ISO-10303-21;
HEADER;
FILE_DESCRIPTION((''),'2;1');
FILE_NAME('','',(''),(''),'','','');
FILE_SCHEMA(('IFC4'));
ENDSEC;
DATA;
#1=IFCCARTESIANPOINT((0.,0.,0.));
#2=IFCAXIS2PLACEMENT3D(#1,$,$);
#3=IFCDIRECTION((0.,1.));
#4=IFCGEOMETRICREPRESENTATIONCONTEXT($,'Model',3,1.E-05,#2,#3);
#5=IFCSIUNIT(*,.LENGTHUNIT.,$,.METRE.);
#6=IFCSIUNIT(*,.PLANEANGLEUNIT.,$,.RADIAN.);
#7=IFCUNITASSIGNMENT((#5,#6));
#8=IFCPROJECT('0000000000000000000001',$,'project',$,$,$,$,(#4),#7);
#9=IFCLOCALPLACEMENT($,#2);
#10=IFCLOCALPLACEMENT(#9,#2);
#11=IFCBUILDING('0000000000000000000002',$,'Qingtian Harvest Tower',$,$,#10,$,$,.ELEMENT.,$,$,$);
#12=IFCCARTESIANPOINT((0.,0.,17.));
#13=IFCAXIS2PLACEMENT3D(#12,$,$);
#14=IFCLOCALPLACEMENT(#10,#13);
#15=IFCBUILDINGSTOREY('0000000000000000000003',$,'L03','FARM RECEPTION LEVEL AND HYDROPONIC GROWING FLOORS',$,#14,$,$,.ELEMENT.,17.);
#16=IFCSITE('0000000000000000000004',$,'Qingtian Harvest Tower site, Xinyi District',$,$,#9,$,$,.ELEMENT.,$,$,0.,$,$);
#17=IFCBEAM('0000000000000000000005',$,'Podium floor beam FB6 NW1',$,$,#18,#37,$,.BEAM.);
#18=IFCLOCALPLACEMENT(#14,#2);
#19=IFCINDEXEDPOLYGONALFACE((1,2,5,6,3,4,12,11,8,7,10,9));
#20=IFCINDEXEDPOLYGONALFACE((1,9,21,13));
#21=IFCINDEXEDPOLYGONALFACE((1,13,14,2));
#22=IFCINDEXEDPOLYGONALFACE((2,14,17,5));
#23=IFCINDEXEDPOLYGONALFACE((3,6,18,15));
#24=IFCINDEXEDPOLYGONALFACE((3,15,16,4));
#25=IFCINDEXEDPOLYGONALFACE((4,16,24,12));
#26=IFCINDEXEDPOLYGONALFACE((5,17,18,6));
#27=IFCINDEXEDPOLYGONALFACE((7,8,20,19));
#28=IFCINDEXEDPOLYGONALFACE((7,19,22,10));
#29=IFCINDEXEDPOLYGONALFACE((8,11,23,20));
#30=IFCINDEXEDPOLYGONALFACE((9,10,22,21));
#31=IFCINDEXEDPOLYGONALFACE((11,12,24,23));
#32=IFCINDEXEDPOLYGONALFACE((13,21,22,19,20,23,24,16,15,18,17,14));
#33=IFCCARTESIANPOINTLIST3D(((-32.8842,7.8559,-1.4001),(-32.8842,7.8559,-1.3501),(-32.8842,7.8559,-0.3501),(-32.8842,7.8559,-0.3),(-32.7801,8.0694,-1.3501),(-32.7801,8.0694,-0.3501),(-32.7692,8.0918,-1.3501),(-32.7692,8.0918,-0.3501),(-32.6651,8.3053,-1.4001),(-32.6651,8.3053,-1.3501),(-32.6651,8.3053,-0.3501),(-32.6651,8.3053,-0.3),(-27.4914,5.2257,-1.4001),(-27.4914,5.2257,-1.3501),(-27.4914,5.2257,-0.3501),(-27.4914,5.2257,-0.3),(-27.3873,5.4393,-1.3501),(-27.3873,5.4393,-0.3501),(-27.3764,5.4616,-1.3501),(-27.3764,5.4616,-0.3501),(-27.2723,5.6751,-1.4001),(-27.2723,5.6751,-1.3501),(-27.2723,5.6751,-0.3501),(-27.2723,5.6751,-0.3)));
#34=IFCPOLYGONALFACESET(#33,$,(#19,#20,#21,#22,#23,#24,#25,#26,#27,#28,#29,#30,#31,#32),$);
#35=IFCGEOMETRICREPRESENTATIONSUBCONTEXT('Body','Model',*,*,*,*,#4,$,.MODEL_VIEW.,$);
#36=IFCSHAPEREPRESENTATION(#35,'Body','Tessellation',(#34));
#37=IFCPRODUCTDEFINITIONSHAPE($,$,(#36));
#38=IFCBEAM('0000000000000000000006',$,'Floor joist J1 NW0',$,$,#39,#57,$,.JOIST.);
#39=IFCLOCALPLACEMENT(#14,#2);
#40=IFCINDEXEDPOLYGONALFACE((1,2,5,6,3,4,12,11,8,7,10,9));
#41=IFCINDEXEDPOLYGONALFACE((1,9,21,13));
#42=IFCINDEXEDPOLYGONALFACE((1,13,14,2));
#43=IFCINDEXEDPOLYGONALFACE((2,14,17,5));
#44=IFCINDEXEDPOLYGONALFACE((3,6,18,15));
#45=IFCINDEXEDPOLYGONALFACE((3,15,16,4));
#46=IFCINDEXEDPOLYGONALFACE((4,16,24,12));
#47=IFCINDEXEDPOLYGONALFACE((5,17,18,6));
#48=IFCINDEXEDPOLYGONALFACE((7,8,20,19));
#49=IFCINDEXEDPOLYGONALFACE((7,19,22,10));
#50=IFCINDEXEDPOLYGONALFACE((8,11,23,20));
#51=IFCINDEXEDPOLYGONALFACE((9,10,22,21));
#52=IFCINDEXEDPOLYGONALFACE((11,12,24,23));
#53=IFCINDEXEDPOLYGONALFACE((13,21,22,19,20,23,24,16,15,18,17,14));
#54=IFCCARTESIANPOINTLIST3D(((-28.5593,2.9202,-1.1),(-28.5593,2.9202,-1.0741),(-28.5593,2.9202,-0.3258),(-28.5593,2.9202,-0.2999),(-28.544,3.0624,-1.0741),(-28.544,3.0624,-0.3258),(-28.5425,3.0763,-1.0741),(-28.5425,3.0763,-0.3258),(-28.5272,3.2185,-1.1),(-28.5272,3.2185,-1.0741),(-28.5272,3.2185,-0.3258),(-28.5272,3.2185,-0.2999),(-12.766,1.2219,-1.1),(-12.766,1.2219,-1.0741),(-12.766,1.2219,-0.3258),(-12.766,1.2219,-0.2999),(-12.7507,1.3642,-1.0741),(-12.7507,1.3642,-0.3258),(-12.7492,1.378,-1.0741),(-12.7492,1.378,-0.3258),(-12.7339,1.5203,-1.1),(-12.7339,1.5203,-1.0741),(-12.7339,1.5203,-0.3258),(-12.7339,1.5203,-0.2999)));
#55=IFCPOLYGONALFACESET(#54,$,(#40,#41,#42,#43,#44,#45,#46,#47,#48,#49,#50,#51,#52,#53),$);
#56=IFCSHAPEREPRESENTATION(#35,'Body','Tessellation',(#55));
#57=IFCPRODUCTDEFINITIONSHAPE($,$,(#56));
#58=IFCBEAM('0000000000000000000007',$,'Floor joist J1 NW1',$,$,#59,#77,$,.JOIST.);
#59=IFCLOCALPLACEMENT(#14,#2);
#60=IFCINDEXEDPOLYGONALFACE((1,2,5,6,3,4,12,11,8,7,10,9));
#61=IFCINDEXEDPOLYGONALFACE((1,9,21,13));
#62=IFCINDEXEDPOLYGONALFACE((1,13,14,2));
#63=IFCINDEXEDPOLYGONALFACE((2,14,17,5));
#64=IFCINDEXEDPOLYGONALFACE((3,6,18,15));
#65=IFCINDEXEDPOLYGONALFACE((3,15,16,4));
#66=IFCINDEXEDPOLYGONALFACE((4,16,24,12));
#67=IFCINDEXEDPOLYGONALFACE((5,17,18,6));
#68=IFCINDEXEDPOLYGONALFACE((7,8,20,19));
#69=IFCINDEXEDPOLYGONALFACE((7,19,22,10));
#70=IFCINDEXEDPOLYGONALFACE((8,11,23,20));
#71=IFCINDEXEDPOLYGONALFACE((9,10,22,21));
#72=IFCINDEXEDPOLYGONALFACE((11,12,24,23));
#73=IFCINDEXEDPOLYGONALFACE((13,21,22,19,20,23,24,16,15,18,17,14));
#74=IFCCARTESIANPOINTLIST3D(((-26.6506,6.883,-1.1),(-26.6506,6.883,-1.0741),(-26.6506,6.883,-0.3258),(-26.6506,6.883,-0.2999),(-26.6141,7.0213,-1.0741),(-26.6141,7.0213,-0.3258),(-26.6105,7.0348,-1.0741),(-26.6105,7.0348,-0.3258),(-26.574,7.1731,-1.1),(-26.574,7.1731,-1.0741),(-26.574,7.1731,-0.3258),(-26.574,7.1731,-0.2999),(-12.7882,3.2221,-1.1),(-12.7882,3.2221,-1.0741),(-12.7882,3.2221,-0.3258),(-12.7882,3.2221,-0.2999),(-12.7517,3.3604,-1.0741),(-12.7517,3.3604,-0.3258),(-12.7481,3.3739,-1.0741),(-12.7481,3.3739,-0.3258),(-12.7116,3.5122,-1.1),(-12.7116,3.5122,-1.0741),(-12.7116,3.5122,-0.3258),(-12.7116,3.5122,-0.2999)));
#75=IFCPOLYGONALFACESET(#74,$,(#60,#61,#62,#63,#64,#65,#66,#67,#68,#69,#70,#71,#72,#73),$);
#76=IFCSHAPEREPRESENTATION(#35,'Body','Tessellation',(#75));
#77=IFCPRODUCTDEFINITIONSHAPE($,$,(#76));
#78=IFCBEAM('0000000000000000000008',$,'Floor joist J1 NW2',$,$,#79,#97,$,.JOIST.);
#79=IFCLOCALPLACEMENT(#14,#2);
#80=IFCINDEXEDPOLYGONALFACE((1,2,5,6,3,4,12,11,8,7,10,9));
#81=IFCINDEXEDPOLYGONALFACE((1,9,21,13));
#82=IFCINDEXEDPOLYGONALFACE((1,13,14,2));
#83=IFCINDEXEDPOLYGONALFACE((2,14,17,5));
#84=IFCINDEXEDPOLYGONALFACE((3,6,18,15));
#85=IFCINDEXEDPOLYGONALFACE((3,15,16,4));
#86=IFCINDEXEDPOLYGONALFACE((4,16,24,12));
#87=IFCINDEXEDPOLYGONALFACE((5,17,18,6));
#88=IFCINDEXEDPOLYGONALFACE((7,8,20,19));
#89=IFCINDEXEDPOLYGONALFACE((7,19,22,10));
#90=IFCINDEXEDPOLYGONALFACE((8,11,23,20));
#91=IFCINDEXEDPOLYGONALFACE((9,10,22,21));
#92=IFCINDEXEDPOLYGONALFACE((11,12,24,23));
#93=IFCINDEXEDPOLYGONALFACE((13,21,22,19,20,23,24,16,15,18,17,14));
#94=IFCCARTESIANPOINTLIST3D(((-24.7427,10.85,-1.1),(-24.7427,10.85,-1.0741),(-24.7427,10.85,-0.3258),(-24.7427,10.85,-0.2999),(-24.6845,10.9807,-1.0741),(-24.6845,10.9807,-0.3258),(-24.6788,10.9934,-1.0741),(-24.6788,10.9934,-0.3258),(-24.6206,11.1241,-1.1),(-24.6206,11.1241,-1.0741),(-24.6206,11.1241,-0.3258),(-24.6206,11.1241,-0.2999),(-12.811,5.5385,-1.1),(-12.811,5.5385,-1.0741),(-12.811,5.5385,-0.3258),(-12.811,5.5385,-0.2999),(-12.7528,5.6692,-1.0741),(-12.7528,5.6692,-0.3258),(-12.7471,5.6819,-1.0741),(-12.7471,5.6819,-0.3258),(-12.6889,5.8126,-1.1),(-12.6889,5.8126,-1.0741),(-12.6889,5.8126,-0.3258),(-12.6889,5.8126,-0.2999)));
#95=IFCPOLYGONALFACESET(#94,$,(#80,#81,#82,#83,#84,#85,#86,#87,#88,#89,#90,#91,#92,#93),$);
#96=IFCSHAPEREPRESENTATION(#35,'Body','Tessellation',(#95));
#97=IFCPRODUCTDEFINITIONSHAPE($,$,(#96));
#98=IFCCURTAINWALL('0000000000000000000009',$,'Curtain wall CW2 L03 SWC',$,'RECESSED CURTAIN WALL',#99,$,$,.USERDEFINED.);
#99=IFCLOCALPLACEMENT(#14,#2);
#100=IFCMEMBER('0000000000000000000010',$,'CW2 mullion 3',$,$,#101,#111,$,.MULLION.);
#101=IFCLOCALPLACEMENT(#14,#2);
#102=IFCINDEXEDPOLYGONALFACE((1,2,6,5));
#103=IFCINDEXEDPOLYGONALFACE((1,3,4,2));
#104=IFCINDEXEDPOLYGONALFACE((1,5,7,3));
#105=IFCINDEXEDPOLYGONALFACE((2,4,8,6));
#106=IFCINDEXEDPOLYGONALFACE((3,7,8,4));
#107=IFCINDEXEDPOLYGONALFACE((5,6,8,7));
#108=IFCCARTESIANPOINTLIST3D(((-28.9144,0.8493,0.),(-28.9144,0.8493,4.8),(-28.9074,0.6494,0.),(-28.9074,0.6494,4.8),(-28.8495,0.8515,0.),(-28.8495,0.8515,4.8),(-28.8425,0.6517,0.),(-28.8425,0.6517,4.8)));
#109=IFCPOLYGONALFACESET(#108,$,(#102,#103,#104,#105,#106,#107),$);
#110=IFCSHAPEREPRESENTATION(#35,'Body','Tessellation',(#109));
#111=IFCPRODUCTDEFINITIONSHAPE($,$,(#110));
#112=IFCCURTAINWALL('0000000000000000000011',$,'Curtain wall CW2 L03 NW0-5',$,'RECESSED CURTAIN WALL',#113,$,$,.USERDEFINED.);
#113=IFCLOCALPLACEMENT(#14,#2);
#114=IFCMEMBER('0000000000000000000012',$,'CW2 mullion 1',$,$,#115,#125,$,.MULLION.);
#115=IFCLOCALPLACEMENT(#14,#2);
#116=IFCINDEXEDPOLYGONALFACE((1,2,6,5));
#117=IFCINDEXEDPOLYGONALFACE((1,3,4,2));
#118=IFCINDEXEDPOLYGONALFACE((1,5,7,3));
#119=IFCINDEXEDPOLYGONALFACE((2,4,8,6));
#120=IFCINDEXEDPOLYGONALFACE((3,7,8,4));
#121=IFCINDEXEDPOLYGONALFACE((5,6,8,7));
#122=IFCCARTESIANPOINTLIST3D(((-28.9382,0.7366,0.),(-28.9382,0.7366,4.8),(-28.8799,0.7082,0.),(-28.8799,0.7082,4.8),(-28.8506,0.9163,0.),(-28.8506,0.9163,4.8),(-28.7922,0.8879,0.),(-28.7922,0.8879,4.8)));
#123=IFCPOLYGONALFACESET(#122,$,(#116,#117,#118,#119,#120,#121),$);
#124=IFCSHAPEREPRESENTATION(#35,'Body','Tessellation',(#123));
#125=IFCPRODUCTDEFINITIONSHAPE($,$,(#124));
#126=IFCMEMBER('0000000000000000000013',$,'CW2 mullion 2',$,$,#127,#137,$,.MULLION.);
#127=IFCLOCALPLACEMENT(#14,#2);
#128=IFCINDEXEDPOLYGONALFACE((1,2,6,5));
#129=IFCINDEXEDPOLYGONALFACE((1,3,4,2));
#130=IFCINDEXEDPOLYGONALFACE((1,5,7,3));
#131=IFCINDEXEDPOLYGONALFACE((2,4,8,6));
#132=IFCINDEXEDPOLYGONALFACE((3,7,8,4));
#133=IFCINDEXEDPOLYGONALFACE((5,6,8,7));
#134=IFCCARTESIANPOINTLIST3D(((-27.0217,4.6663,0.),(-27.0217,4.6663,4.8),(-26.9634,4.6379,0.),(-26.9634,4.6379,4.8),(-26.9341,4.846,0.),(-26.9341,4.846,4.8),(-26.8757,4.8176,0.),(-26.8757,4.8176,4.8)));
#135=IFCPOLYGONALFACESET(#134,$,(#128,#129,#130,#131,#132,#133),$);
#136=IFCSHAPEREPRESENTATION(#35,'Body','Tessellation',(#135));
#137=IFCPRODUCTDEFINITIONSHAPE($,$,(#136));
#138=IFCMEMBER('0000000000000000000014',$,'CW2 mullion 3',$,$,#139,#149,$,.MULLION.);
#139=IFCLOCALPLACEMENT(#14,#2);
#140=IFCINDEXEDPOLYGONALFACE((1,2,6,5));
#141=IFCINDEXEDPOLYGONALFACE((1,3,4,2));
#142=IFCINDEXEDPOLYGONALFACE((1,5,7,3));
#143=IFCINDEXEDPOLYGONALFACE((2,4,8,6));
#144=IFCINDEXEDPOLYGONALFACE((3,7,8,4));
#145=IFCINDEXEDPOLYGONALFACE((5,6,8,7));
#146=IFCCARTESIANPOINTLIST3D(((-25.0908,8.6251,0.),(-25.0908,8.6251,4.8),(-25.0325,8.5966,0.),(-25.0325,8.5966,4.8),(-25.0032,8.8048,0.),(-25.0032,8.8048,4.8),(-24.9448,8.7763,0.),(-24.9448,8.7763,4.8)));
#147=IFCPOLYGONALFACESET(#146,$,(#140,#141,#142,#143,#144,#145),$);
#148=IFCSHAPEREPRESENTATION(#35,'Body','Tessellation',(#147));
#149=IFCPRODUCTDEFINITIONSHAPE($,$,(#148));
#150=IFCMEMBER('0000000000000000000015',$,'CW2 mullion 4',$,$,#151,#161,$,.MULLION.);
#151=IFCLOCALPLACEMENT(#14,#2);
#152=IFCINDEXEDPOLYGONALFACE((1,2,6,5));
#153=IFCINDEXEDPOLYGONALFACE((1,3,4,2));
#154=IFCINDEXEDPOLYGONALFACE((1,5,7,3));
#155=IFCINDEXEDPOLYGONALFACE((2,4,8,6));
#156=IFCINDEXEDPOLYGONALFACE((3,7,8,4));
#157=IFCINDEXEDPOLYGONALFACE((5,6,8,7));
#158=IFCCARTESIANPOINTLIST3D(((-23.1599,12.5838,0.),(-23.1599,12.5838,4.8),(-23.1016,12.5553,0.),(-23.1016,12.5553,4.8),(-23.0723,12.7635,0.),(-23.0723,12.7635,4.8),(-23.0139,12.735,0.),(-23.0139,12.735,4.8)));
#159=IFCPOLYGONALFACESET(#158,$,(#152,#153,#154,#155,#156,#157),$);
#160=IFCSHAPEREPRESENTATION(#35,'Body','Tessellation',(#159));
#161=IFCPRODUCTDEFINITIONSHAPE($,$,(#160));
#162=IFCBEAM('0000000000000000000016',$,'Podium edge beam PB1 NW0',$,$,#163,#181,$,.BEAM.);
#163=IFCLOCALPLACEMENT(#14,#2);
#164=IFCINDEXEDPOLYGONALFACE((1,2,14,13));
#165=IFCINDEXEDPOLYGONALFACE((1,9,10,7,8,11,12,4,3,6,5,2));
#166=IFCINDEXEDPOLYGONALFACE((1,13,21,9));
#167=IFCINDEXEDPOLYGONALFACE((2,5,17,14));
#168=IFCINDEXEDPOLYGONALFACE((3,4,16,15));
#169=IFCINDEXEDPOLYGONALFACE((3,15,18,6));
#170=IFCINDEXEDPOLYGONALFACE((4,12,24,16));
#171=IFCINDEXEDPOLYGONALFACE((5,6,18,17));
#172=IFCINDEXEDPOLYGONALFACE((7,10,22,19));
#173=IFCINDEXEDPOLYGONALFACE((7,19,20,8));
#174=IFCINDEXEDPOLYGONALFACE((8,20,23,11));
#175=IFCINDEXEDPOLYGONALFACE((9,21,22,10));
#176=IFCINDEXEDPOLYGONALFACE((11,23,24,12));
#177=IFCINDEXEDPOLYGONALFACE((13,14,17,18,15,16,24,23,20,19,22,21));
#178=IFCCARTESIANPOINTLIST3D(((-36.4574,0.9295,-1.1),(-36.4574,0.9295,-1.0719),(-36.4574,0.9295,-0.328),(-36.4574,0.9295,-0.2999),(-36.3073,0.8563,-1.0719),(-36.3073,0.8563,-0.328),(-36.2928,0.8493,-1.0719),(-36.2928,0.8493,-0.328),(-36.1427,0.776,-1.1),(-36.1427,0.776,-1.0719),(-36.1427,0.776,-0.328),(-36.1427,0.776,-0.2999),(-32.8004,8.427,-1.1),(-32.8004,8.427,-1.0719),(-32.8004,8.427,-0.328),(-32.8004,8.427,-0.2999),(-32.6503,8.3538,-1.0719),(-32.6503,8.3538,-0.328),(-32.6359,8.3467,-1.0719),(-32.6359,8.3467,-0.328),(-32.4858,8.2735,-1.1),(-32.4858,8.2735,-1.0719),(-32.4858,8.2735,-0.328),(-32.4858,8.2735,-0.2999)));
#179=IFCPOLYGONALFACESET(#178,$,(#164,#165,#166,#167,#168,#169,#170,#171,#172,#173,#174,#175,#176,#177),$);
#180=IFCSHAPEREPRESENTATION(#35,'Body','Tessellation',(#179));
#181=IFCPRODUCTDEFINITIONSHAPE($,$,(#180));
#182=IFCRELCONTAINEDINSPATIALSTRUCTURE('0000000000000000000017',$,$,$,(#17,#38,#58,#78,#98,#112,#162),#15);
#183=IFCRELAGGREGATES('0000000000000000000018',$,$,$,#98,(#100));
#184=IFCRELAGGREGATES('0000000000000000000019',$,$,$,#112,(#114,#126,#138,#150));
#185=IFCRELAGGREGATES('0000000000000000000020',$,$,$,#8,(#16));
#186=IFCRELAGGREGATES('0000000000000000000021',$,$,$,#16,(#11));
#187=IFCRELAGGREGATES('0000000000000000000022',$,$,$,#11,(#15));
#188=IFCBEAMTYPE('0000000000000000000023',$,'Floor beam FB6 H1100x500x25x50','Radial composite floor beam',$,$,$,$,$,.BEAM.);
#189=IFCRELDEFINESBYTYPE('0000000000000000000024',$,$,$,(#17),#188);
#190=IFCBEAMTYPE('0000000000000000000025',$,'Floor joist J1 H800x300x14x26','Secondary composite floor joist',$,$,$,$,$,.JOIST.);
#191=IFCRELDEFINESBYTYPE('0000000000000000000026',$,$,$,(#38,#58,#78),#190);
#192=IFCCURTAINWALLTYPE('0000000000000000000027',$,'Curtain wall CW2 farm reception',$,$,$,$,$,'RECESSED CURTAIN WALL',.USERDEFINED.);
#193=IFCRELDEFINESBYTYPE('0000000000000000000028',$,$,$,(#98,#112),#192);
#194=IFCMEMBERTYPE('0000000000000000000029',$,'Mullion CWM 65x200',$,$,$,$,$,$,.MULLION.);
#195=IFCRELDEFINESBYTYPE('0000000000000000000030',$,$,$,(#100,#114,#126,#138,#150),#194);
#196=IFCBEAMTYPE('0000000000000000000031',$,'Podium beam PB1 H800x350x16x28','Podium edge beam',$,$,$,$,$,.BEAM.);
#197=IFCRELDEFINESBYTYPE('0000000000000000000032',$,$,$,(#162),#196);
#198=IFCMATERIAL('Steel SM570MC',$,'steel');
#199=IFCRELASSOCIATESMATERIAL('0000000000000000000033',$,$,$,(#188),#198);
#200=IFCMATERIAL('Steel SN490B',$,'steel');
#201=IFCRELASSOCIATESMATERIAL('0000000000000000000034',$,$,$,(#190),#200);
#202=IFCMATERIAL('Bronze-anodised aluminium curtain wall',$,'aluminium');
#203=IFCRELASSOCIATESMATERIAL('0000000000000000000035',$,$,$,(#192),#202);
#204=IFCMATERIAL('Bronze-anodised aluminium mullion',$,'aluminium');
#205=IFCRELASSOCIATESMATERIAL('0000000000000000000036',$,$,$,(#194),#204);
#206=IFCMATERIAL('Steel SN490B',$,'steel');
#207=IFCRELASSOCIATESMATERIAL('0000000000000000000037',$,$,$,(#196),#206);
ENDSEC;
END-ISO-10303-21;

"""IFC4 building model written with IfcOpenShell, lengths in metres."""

from ifc_helpers import new_model, si_unit, direction, frame, origin, origin_2d, place, context, subcontext, project, spatial, rectangle, i_section, extrude, material, material_profile, profile_set, type_object, element, aggregate, save


model = new_model("IFC4")

# Units and contexts
model_context = context("Model", 3, precision=1e-05, world=origin(), true_north=direction((0.0, 1.0)))
body_context = subcontext(model_context, "Body", "Model", "MODEL_VIEW")
ifc_project = project(units=[si_unit("LENGTHUNIT", "METRE"), si_unit("PLANEANGLEUNIT", "RADIAN")], contexts=[model_context])

# Site, building, storey
site_placement = place(None, origin())
site = spatial("IfcSite", under=ifc_project, at=site_placement, Name="Qingtian Harvest Tower site, Xinyi District", CompositionType="ELEMENT", RefElevation=0.0)
building_placement = place(site_placement, origin())
building = spatial("IfcBuilding", under=site, at=building_placement, Name="Qingtian Harvest Tower", CompositionType="ELEMENT")
storey_placement = place(building_placement, frame((0.0, 0.0, 17.0)))
storey = spatial("IfcBuildingStorey", under=building, at=storey_placement, Name="L03", Description="FARM RECEPTION LEVEL AND HYDROPONIC GROWING FLOORS", CompositionType="ELEMENT", Elevation=17.0)

# Beams
ifc_material_1 = material(Name="Steel SM570MC", Category="steel")
ifc_material_profile_1 = material_profile(ifc_material_1, i_section(OverallWidth=0.5, OverallDepth=1.1001, WebThickness=0.0249, FlangeThickness=0.05, at=origin_2d()), Name="H1100x500x25x50")
ifc_profile_set_1 = profile_set([ifc_material_profile_1], Name="Steel SM570MC")
beam_type_1 = type_object("IfcBeamType", Name="Floor beam FB6 H1100x500x25x50", Description="Radial composite floor beam", PredefinedType="BEAM", material=ifc_profile_set_1)
beam_1_placement = place(storey_placement, frame((-32.7747, 8.0806, -0.8501), z_axis=(0.898802, -0.438354, 0.0), x_axis=(0.438354, 0.898802, 0.0)))
element("IfcBeam", 1, at=beam_1_placement, inside=storey, type_object=beam_type_1, Name="Podium floor beam FB6 NW1", PredefinedType="BEAM", context=body_context, shape_type="SweptSolid", body=[
    extrude(i_section(OverallWidth=0.5, OverallDepth=1.1001, WebThickness=0.0249, FlangeThickness=0.05, at=origin_2d()), origin(), (0.0, 0.0, 1.0), 6.0),
])
ifc_material_2 = material(Name="Steel SN490B", Category="steel")
ifc_material_profile_2 = material_profile(ifc_material_2, i_section(OverallWidth=0.3, OverallDepth=0.8, WebThickness=0.0139, FlangeThickness=0.0259, at=origin_2d()), Name="H800x300x14x26")
ifc_profile_set_2 = profile_set([ifc_material_profile_2], Name="Steel SN490B")
beam_type_2 = type_object("IfcBeamType", Name="Floor joist J1 H800x300x14x26", Description="Secondary composite floor joist", PredefinedType="JOIST", material=ifc_profile_set_2)
beam_2_placement = place(storey_placement, frame((-28.5432, 3.0693, -0.7), z_axis=(0.994268, -0.106914, 0.0), x_axis=(0.106914, 0.994268, 0.0)))
element("IfcBeam", 2, at=beam_2_placement, inside=storey, type_object=beam_type_2, Name="Floor joist J1 NW0", PredefinedType="JOIST", context=body_context, shape_type="SweptSolid", body=[
    extrude(i_section(OverallWidth=0.3, OverallDepth=0.8, WebThickness=0.0139, FlangeThickness=0.0259, at=origin_2d()), origin(), (0.0, 0.0, 1.0), 15.8843),
])
beam_3_placement = place(storey_placement, frame((-26.6123, 7.0281, -0.7), z_axis=(0.966852, -0.255336, 0.0), x_axis=(0.255336, 0.966852, 0.0)))
element("IfcBeam", 3, at=beam_3_placement, inside=storey, type_object=beam_type_2, Name="Floor joist J1 NW1", PredefinedType="JOIST", context=body_context, shape_type="SweptSolid", body=[
    extrude(i_section(OverallWidth=0.3, OverallDepth=0.8, WebThickness=0.0139, FlangeThickness=0.0259, at=origin_2d()), origin(), (0.0, 0.0, 1.0), 14.3376),
])
beam_4_placement = place(storey_placement, frame((-24.6816, 10.9871, -0.7), z_axis=(0.913568, -0.406686, 0.0), x_axis=(0.406686, 0.913568, 0.0)))
element("IfcBeam", 4, at=beam_4_placement, inside=storey, type_object=beam_type_2, Name="Floor joist J1 NW2", PredefinedType="JOIST", context=body_context, shape_type="SweptSolid", body=[
    extrude(i_section(OverallWidth=0.3, OverallDepth=0.8, WebThickness=0.0139, FlangeThickness=0.0259, at=origin_2d()), origin(), (0.0, 0.0, 1.0), 13.0605),
])

# Curtain wall, member
ifc_material_3 = material(Name="Bronze-anodised aluminium curtain wall", Category="aluminium")
curtain_wall_type = type_object("IfcCurtainWallType", Name="Curtain wall CW2 farm reception", ElementType="RECESSED CURTAIN WALL", PredefinedType="USERDEFINED", material=ifc_material_3)
curtain_wall_1_placement = place(storey_placement, origin())
curtain_wall_1 = element("IfcCurtainWall", 5, at=curtain_wall_1_placement, inside=storey, type_object=curtain_wall_type, Name="Curtain wall CW2 L03 SWC", ObjectType="RECESSED CURTAIN WALL", PredefinedType="USERDEFINED")
ifc_material_4 = material(Name="Bronze-anodised aluminium mullion", Category="aluminium")
ifc_material_profile_3 = material_profile(ifc_material_4, rectangle(XDim=0.0649, YDim=0.2, at=origin_2d()), Name="AL 65x200")
ifc_profile_set_3 = profile_set([ifc_material_profile_3], Name="Bronze-anodised aluminium mullion")
member_type_1 = type_object("IfcMemberType", Name="Mullion CWM 65x200", PredefinedType="MULLION", material=ifc_profile_set_3)
member_1_placement = place(storey_placement, frame((-28.8784, 0.7505, 0.0), z_axis=(0.0, 0.0, 1.0), x_axis=(-0.999391, -0.034899, 0.0)))
member_1 = element("IfcMember", 6, at=member_1_placement, type_object=member_type_1, Name="CW2 mullion 3", PredefinedType="MULLION", context=body_context, shape_type="SweptSolid", body=[
    extrude(rectangle(XDim=0.0649, YDim=0.2, at=origin_2d()), origin(), (0.0, 0.0, 1.0), 4.8),
])
aggregate(curtain_wall_1, [member_1])

# Curtain wall, members
curtain_wall_2_placement = place(storey_placement, origin())
curtain_wall_2 = element("IfcCurtainWall", 7, at=curtain_wall_2_placement, inside=storey, type_object=curtain_wall_type, Name="Curtain wall CW2 L03 NW0-5", ObjectType="RECESSED CURTAIN WALL", PredefinedType="USERDEFINED")
member_2_placement = place(storey_placement, frame((-28.8652, 0.8123, 0.0), z_axis=(0.0, 0.0, 1.0), x_axis=(-0.898794, 0.438371, 0.0)))
member_2 = element("IfcMember", 8, at=member_2_placement, type_object=member_type_1, Name="CW2 mullion 1", PredefinedType="MULLION", context=body_context, shape_type="SweptSolid", body=[
    extrude(rectangle(XDim=0.0649, YDim=0.2, at=origin_2d()), origin(), (0.0, 0.0, 1.0), 4.8),
])
member_3_placement = place(storey_placement, frame((-26.9487, 4.7419, 0.0), z_axis=(0.0, 0.0, 1.0), x_axis=(-0.898794, 0.438371, 0.0)))
member_3 = element("IfcMember", 9, at=member_3_placement, type_object=member_type_1, Name="CW2 mullion 2", PredefinedType="MULLION", context=body_context, shape_type="SweptSolid", body=[
    extrude(rectangle(XDim=0.0649, YDim=0.2, at=origin_2d()), origin(), (0.0, 0.0, 1.0), 4.8),
])
member_4_placement = place(storey_placement, frame((-25.0178, 8.7007, 0.0), z_axis=(0.0, 0.0, 1.0), x_axis=(-0.898794, 0.438371, 0.0)))
member_4 = element("IfcMember", 10, at=member_4_placement, type_object=member_type_1, Name="CW2 mullion 3", PredefinedType="MULLION", context=body_context, shape_type="SweptSolid", body=[
    extrude(rectangle(XDim=0.0649, YDim=0.2, at=origin_2d()), origin(), (0.0, 0.0, 1.0), 4.8),
])
member_5_placement = place(storey_placement, frame((-23.0869, 12.6594, 0.0), z_axis=(0.0, 0.0, 1.0), x_axis=(-0.898794, 0.438371, 0.0)))
member_5 = element("IfcMember", 11, at=member_5_placement, type_object=member_type_1, Name="CW2 mullion 4", PredefinedType="MULLION", context=body_context, shape_type="SweptSolid", body=[
    extrude(rectangle(XDim=0.0649, YDim=0.2, at=origin_2d()), origin(), (0.0, 0.0, 1.0), 4.8),
])

# Beam
ifc_material_5 = material(Name="Steel SN490B", Category="steel")
ifc_material_profile_4 = material_profile(ifc_material_5, i_section(OverallWidth=0.3501, OverallDepth=0.8, WebThickness=0.0161, FlangeThickness=0.0281, at=origin_2d()), Name="H800x350x16x28")
ifc_profile_set_4 = profile_set([ifc_material_profile_4], Name="Steel SN490B")
beam_type_3 = type_object("IfcBeamType", Name="Podium beam PB1 H800x350x16x28", Description="Podium edge beam", PredefinedType="BEAM", material=ifc_profile_set_4)
for number, where, z_axis, x_axis, name in (
    (12, (-36.3, 0.8528, -0.7), (0.438388, 0.898786, 0.0), (-0.898786, 0.438388, 0.0), "Podium edge beam PB1 NW0"),
):
    element("IfcBeam", number, at=place(storey_placement, frame(where, z_axis=z_axis, x_axis=x_axis)), inside=storey, type_object=beam_type_3, Name=name, PredefinedType="BEAM", context=body_context, shape_type="SweptSolid", body=[
        extrude(i_section(OverallWidth=0.3501, OverallDepth=0.8, WebThickness=0.0161, FlangeThickness=0.0281, at=origin_2d()), origin(), (0.0, 0.0, 1.0), 8.3418),
    ])

aggregate(curtain_wall_2, [member_2, member_3, member_4, member_5])

save(model, "model.ifc")
